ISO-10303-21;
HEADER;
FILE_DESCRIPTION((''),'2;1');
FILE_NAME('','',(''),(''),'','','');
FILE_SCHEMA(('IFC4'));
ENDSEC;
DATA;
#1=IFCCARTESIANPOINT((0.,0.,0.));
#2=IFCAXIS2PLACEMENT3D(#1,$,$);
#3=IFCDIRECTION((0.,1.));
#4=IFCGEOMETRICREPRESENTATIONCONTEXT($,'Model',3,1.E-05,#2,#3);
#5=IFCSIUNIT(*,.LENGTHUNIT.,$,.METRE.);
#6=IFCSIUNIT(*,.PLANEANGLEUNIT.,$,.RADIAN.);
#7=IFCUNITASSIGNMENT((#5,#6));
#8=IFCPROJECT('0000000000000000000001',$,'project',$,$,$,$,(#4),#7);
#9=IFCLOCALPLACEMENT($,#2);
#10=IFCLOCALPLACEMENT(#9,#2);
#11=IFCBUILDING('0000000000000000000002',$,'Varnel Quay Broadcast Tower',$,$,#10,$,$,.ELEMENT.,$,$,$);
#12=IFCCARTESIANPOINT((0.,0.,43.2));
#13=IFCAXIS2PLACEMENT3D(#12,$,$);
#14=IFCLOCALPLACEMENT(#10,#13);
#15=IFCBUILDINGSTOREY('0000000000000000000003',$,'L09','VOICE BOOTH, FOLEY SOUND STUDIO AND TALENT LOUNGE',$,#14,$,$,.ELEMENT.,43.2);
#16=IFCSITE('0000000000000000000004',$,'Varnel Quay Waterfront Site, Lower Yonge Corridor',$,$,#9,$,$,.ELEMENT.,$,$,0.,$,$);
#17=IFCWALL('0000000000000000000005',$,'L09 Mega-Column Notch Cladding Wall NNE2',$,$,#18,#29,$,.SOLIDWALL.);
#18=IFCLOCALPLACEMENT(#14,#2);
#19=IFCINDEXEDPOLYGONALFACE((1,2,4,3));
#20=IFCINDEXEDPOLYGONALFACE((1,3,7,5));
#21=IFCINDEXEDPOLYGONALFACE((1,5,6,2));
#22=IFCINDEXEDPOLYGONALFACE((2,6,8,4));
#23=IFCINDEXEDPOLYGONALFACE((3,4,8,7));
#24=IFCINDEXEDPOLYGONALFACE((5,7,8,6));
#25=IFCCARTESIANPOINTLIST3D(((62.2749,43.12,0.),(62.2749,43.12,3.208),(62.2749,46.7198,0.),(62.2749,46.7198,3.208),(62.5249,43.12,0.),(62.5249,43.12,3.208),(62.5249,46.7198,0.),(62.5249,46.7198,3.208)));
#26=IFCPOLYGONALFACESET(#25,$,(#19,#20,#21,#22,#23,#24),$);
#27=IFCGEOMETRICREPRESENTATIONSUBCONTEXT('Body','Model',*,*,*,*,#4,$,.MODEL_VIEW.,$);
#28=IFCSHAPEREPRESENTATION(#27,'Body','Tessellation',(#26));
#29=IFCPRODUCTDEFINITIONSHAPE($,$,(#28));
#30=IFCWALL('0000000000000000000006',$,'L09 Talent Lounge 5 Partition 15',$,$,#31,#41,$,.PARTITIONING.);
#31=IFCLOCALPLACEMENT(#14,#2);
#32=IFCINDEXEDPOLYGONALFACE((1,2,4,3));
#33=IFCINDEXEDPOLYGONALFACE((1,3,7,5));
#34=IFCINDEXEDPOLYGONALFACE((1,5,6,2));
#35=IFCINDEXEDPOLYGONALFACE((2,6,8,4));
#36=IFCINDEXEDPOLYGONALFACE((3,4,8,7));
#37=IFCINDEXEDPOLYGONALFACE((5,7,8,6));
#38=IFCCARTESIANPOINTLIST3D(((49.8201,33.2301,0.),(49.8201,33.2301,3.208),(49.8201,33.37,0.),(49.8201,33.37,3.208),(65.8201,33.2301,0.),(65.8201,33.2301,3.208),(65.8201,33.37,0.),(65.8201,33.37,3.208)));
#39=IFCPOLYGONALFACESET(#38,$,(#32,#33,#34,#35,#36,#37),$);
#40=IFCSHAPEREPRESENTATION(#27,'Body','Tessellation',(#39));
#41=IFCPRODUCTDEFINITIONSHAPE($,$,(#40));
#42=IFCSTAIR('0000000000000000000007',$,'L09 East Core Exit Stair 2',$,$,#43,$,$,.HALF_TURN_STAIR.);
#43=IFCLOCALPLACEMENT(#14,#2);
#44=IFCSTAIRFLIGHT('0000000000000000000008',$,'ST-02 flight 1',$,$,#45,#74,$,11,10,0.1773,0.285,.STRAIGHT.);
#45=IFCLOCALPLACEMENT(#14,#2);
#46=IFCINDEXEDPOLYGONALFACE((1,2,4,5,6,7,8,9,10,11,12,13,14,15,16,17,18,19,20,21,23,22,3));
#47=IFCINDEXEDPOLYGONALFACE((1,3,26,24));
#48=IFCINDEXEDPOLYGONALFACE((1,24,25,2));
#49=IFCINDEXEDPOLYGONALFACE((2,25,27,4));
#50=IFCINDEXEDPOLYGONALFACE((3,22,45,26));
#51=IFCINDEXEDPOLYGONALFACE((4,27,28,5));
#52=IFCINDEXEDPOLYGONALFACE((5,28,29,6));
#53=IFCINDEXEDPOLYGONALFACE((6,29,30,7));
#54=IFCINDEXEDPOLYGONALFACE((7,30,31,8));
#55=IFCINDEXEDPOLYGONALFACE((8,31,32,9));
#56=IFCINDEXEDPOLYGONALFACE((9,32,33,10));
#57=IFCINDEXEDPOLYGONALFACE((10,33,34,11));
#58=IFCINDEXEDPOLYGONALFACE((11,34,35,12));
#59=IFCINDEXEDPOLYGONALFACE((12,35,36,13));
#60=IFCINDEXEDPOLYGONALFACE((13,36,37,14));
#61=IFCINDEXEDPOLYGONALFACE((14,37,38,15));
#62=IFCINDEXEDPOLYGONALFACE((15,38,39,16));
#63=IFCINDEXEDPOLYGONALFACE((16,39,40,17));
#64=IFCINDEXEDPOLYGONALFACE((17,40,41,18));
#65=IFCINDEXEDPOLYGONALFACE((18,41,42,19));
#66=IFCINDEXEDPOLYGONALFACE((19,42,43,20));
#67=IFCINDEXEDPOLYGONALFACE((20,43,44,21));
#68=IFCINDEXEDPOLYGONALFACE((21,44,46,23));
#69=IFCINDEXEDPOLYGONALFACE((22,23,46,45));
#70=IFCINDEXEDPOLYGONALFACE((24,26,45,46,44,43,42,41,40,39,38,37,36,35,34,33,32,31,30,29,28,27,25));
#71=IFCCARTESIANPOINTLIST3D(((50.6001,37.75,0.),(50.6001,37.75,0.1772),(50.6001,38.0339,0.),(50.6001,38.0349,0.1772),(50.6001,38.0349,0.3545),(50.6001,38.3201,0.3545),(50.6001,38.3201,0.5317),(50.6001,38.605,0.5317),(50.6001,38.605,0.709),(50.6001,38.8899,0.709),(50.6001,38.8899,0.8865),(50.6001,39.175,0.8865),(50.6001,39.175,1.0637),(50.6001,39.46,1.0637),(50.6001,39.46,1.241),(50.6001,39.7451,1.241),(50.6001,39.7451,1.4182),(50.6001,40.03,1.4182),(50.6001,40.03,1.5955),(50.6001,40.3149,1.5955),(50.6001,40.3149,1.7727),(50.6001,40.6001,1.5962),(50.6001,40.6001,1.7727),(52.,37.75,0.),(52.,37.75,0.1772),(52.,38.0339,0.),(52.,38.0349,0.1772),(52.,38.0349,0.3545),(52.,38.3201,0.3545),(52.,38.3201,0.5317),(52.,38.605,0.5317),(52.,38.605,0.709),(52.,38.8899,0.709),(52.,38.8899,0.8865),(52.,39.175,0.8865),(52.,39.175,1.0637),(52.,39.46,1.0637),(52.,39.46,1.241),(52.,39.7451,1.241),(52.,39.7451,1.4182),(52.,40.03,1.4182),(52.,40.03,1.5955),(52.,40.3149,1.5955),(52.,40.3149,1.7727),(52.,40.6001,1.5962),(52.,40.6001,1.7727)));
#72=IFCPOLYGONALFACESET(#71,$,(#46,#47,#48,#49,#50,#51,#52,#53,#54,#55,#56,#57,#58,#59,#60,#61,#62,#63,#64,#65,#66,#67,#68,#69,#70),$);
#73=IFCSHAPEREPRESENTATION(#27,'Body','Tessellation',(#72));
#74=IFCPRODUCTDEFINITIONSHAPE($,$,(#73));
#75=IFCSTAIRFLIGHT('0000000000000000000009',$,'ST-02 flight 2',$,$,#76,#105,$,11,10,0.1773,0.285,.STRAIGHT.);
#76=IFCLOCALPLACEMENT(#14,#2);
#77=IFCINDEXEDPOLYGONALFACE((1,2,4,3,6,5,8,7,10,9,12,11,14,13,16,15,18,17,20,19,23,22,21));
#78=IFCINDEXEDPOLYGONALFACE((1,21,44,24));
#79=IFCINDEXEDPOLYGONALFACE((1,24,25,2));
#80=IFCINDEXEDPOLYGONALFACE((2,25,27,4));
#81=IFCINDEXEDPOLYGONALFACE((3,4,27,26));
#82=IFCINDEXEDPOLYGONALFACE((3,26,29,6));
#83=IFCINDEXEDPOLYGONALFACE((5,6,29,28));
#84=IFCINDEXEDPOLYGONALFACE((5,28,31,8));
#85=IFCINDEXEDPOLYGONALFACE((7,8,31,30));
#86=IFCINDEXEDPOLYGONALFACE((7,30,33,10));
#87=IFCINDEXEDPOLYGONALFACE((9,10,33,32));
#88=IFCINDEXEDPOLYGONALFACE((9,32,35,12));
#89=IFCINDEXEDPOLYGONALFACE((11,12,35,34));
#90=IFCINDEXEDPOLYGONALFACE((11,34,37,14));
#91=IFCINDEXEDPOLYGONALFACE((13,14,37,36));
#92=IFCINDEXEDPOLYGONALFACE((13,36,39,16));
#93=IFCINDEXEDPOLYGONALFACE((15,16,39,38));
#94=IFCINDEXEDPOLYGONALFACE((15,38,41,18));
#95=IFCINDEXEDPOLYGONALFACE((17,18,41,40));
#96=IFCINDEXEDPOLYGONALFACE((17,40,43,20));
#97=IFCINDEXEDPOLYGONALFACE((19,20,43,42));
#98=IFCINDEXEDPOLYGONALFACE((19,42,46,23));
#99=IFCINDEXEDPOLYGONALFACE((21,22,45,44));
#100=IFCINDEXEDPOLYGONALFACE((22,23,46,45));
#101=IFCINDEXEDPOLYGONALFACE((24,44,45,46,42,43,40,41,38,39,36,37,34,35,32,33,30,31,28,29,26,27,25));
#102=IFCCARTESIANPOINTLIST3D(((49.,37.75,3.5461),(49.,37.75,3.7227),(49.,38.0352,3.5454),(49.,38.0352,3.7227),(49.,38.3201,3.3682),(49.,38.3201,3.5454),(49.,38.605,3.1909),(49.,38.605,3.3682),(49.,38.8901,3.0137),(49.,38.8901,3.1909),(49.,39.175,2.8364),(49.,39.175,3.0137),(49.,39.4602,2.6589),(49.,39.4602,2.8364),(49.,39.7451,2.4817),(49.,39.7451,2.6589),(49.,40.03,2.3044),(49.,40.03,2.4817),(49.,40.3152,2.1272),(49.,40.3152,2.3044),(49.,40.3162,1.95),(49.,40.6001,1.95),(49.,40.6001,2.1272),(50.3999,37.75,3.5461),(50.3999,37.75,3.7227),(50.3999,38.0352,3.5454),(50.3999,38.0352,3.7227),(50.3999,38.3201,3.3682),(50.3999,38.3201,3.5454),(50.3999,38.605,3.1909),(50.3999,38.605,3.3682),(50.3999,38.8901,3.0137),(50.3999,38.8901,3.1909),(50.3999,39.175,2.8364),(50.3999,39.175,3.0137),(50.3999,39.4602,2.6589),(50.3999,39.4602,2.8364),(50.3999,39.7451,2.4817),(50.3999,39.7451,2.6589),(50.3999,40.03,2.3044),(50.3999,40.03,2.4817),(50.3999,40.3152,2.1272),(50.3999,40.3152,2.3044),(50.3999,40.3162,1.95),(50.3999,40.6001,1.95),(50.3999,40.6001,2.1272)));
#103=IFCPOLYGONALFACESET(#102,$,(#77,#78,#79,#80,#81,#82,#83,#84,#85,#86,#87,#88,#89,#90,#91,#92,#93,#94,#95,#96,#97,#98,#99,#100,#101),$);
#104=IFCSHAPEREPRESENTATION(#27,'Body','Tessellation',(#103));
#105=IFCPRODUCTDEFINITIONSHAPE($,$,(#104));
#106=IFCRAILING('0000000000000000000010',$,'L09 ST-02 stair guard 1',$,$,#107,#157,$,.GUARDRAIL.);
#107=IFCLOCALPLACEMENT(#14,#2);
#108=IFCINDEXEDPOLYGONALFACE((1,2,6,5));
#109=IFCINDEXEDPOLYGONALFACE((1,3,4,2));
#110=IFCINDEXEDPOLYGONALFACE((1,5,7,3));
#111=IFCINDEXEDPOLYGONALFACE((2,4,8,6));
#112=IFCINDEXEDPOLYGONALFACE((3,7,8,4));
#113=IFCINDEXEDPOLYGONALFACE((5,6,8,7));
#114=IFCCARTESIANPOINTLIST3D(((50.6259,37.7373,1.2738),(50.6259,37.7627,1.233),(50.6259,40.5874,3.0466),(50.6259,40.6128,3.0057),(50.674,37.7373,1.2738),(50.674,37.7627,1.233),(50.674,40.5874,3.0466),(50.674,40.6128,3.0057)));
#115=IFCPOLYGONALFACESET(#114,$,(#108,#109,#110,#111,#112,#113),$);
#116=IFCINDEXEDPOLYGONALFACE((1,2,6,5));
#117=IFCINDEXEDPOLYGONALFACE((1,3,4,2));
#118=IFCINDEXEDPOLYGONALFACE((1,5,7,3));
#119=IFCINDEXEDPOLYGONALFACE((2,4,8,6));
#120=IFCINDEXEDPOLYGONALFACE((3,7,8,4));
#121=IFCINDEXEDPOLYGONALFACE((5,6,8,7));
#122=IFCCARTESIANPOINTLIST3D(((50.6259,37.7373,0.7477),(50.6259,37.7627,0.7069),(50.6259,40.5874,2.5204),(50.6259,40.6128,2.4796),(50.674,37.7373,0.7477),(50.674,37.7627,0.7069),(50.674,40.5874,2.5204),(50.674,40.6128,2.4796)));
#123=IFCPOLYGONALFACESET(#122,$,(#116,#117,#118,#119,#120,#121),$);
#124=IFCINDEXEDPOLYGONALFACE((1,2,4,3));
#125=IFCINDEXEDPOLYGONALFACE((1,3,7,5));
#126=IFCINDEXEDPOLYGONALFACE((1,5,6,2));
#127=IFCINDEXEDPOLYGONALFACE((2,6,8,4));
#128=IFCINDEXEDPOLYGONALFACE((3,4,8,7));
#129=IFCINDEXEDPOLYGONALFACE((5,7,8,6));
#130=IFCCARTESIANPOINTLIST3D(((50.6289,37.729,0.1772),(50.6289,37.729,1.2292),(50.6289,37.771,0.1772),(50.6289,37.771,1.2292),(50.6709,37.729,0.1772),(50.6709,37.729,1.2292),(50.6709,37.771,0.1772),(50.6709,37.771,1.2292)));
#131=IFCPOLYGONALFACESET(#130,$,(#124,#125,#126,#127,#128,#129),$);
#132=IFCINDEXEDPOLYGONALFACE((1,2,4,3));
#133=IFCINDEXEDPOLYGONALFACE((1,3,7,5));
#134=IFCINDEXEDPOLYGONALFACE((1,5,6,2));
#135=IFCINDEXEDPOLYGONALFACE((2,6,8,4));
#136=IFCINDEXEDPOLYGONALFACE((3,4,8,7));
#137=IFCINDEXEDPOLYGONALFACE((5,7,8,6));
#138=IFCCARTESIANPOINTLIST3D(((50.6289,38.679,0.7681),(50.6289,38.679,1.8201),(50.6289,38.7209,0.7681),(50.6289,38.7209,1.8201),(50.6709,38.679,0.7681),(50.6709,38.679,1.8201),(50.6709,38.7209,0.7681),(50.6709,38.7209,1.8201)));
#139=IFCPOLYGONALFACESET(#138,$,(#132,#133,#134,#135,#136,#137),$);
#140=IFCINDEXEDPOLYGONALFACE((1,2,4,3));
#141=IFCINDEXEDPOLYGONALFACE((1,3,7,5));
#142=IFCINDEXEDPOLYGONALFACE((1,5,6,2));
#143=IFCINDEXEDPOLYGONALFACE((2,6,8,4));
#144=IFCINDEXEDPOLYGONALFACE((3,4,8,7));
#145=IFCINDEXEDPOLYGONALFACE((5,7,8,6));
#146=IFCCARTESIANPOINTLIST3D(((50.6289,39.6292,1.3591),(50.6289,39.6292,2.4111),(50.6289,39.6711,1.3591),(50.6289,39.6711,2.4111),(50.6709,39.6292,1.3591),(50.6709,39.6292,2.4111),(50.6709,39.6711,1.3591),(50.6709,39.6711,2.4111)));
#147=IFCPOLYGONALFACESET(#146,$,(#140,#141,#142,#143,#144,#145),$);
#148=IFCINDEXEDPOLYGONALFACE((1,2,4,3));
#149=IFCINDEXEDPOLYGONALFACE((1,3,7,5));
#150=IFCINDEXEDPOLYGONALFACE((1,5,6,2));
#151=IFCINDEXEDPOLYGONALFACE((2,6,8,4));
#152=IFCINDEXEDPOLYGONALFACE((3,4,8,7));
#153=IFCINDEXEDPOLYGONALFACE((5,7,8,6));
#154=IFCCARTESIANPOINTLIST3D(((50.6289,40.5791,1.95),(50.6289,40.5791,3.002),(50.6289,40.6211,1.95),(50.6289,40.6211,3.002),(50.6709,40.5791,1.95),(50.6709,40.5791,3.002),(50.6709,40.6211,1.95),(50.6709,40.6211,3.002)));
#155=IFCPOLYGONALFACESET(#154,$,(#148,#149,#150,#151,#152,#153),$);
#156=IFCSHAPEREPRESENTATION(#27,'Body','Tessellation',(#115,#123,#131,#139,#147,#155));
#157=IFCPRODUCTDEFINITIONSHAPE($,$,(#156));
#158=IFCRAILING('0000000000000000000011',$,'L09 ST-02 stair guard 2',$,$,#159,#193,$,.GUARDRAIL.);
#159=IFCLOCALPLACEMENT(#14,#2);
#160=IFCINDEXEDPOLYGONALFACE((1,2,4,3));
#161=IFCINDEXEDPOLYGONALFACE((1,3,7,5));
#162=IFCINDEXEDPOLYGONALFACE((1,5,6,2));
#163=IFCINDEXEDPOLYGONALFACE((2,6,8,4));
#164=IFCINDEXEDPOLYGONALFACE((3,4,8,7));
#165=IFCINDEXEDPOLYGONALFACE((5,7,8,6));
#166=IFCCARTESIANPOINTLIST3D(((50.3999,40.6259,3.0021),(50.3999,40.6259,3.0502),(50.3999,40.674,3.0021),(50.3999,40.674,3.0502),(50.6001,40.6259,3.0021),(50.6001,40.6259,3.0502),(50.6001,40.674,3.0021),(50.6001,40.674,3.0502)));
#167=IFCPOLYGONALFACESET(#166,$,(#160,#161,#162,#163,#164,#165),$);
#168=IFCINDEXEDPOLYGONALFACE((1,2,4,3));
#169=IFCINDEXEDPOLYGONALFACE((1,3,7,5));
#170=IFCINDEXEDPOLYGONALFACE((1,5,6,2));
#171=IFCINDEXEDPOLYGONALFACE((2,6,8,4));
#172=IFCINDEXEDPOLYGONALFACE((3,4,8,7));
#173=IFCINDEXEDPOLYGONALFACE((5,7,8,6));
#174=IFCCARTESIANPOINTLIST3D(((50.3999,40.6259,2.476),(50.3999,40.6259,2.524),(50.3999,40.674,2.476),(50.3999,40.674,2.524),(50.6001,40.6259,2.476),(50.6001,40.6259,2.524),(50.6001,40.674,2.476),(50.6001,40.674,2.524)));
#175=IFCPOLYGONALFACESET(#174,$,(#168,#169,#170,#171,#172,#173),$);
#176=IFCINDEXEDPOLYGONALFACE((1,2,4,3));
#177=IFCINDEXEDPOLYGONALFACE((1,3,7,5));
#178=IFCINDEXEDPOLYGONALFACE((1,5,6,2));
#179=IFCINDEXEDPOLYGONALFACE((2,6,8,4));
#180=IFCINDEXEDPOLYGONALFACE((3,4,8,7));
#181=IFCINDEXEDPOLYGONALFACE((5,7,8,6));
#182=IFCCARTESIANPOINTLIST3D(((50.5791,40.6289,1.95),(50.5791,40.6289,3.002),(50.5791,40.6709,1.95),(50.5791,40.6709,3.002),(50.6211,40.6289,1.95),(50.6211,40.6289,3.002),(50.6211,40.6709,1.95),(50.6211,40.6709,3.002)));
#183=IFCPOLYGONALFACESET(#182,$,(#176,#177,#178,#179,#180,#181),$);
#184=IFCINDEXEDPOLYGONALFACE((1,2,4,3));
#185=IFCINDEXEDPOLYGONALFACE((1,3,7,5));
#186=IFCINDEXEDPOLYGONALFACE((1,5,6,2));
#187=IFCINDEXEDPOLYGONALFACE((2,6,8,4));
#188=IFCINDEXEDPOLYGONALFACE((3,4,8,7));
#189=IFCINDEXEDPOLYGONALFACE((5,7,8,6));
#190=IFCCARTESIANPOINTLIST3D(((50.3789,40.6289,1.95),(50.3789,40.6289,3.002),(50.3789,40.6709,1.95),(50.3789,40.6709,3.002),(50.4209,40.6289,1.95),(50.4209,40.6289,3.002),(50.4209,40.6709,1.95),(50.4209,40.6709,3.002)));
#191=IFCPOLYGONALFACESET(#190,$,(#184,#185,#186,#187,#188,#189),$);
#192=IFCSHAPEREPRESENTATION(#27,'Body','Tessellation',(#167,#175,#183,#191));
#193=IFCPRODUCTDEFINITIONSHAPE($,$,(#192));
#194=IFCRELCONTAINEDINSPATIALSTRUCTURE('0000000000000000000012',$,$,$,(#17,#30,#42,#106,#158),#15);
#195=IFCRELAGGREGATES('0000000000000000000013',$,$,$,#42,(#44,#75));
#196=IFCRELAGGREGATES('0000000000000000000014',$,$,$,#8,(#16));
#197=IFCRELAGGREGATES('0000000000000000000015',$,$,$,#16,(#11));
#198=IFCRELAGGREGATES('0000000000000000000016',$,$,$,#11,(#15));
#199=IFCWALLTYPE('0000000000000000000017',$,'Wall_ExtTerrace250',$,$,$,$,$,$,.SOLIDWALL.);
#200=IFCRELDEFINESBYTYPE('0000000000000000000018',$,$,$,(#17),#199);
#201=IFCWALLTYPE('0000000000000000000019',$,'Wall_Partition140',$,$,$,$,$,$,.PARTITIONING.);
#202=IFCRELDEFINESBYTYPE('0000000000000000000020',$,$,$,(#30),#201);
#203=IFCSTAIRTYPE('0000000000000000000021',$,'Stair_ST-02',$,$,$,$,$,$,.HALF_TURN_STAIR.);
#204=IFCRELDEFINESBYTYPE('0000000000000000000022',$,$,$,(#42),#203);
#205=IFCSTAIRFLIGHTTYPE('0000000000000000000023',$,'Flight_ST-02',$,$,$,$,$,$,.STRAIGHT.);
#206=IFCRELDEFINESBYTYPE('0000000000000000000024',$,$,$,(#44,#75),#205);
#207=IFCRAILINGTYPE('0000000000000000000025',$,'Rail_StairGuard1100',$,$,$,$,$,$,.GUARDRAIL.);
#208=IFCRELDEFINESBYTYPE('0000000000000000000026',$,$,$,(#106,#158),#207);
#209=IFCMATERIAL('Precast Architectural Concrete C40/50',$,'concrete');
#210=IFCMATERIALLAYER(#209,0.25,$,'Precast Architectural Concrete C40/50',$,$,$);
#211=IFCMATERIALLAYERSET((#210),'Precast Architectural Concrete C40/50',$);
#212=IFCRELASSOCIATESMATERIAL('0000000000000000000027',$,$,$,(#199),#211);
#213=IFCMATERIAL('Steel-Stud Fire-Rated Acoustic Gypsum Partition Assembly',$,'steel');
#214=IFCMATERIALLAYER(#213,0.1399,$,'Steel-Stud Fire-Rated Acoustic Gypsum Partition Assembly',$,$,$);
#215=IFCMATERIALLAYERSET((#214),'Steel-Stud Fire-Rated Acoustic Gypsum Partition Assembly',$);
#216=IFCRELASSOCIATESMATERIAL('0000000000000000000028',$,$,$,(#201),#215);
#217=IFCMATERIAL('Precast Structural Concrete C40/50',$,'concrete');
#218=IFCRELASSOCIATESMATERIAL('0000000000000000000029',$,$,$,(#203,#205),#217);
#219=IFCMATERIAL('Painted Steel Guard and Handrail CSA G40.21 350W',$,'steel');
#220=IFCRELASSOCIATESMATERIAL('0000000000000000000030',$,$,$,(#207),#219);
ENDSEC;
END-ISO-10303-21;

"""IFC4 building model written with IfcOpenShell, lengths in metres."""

from ifc_helpers import new_model, si_unit, direction, frame, frame_2d, origin, origin_2d, place, context, subcontext, project, spatial, polyline, rectangle, outline, extrude, material, layer, layer_set, type_object, element, aggregate, save


model = new_model("IFC4")

# Units and contexts
model_context = context("Model", 3, precision=1e-05, world=origin(), true_north=direction((0.0, 1.0)))
body_context = subcontext(model_context, "Body", "Model", "MODEL_VIEW")
ifc_project = project(units=[si_unit("LENGTHUNIT", "METRE"), si_unit("PLANEANGLEUNIT", "RADIAN")], contexts=[model_context])

# Site, building, storey
site_placement = place(None, origin())
site = spatial("IfcSite", under=ifc_project, at=site_placement, Name="Varnel Quay Waterfront Site, Lower Yonge Corridor", CompositionType="ELEMENT", RefElevation=0.0)
building_placement = place(site_placement, origin())
building = spatial("IfcBuilding", under=site, at=building_placement, Name="Varnel Quay Broadcast Tower", CompositionType="ELEMENT")
storey_placement = place(building_placement, frame((0.0, 0.0, 43.2)))
storey = spatial("IfcBuildingStorey", under=building, at=storey_placement, Name="L09", Description="VOICE BOOTH, FOLEY SOUND STUDIO AND TALENT LOUNGE", CompositionType="ELEMENT", Elevation=43.2)

# Walls
ifc_material_1 = material(Name="Precast Architectural Concrete C40/50", Category="concrete")
ifc_layer_1 = layer(ifc_material_1, 0.25, Name="Precast Architectural Concrete C40/50")
ifc_layer_set_1 = layer_set([ifc_layer_1], Name="Precast Architectural Concrete C40/50")
wall_type_1 = type_object("IfcWallType", Name="Wall_ExtTerrace250", PredefinedType="SOLIDWALL", material=ifc_layer_set_1)
wall_1_placement = place(storey_placement, frame((62.3999, 43.1201, 0.0), z_axis=(0.0, 0.0, 1.0), x_axis=(0.0, 1.0, 0.0)))
element("IfcWall", 1, at=wall_1_placement, inside=storey, type_object=wall_type_1, Name="L09 Mega-Column Notch Cladding Wall NNE2", PredefinedType="SOLIDWALL", context=body_context, shape_type="SweptSolid", body=[
    extrude(rectangle(XDim=3.5999, YDim=0.25, at=frame_2d((1.7998, 0.0))), origin(), (0.0, 0.0, 1.0), 3.208),
])
ifc_material_2 = material(Name="Steel-Stud Fire-Rated Acoustic Gypsum Partition Assembly", Category="steel")
ifc_layer_2 = layer(ifc_material_2, 0.1399, Name="Steel-Stud Fire-Rated Acoustic Gypsum Partition Assembly")
ifc_layer_set_2 = layer_set([ifc_layer_2], Name="Steel-Stud Fire-Rated Acoustic Gypsum Partition Assembly")
wall_type_2 = type_object("IfcWallType", Name="Wall_Partition140", PredefinedType="PARTITIONING", material=ifc_layer_set_2)
wall_2_placement = place(storey_placement, frame((49.8201, 33.3, 0.0), z_axis=(0.0, 0.0, 1.0), x_axis=(1.0, 0.0, 0.0)))
element("IfcWall", 2, at=wall_2_placement, inside=storey, type_object=wall_type_2, Name="L09 Talent Lounge 5 Partition 15", PredefinedType="PARTITIONING", context=body_context, shape_type="SweptSolid", body=[
    extrude(rectangle(XDim=16.0, YDim=0.1399, at=frame_2d((8.0, 0.0))), origin(), (0.0, 0.0, 1.0), 3.208),
])

# Stair, stair flights
ifc_material_3 = material(Name="Precast Structural Concrete C40/50", Category="concrete")
stair_type = type_object("IfcStairType", Name="Stair_ST-02", PredefinedType="HALF_TURN_STAIR", material=ifc_material_3)
stair_placement = place(storey_placement, origin())
stair = element("IfcStair", 3, at=stair_placement, inside=storey, type_object=stair_type, Name="L09 East Core Exit Stair 2", PredefinedType="HALF_TURN_STAIR")
stair_flight_type = type_object("IfcStairFlightType", Name="Flight_ST-02", PredefinedType="STRAIGHT", material=ifc_material_3)
stair_flight_1_placement = place(storey_placement, frame((51.3, 37.75, 0.0), z_axis=(0.0, 0.0, 1.0), x_axis=(0.0, 1.0, 0.0)))
stair_flight_1 = element("IfcStairFlight", 4, at=stair_flight_1_placement, type_object=stair_flight_type, Name="ST-02 flight 1", NumberOfRisers=11, NumberOfTreads=10, PredefinedType="STRAIGHT", RiserHeight=0.1773, TreadLength=0.285, context=body_context, shape_type="SweptSolid", body=[
    extrude(outline(polyline([(0.0, 0.0), (0.0, 0.1772), (0.2849, 0.1772), (0.2849, 0.3545), (0.5701, 0.3545), (0.5701, 0.5317), (0.855, 0.5317), (0.855, 0.709), (1.1399, 0.709), (1.1399, 0.8865), (1.425, 0.8865), (1.425, 1.0637), (1.71, 1.0637), (1.71, 1.241), (1.9951, 1.241), (1.9951, 1.4182), (2.28, 1.4182), (2.28, 1.5955), (2.5649, 1.5955), (2.5649, 1.7727), (2.8501, 1.7727), (2.8501, 1.95), (2.8501, 1.5962), (0.2839, 0.0), (0.0, 0.0)])), frame((0.0, 0.7, 0.0), z_axis=(0.0, -1.0, 0.0), x_axis=(1.0, 0.0, 0.0)), (0.0, 0.0, 1.0), 1.3999),
])
stair_flight_2_placement = place(storey_placement, frame((49.7, 40.6001, 1.95), z_axis=(0.0, 0.0, 1.0), x_axis=(0.0, -1.0, 0.0)))
stair_flight_2 = element("IfcStairFlight", 5, at=stair_flight_2_placement, type_object=stair_flight_type, Name="ST-02 flight 2", NumberOfRisers=11, NumberOfTreads=10, PredefinedType="STRAIGHT", RiserHeight=0.1773, TreadLength=0.285, context=body_context, shape_type="SweptSolid", body=[
    extrude(outline(polyline([(0.0, 0.0), (0.0, 0.1772), (0.2849, 0.1772), (0.2849, 0.3545), (0.5701, 0.3545), (0.5701, 0.5317), (0.855, 0.5317), (0.855, 0.709), (1.1399, 0.709), (1.1399, 0.8865), (1.425, 0.8865), (1.425, 1.0637), (1.71, 1.0637), (1.71, 1.241), (1.9951, 1.241), (1.9951, 1.4182), (2.28, 1.4182), (2.28, 1.5955), (2.5649, 1.5955), (2.5649, 1.7727), (2.8501, 1.7727), (2.8501, 1.95), (2.8501, 1.5962), (0.2839, 0.0), (0.0, 0.0)])), frame((0.0, 0.7, 0.0), z_axis=(0.0, -1.0, 0.0), x_axis=(1.0, 0.0, 0.0)), (0.0, 0.0, 1.0), 1.3999),
])
aggregate(stair, [stair_flight_1, stair_flight_2])

# Railings
ifc_material_4 = material(Name="Painted Steel Guard and Handrail CSA G40.21 350W", Category="steel")
railing_type_1 = type_object("IfcRailingType", Name="Rail_StairGuard1100", PredefinedType="GUARDRAIL", material=ifc_material_4)
railing_1_placement = place(storey_placement, frame((50.6499, 37.75, 0.1772)))
element("IfcRailing", 6, at=railing_1_placement, inside=storey, type_object=railing_type_1, Name="L09 ST-02 stair guard 1", PredefinedType="GUARDRAIL", context=body_context, shape_type="SweptSolid", body=[
    extrude(rectangle(XDim=0.0481, YDim=0.0481, at=origin_2d()), frame((0.0, 0.0, 1.0762), z_axis=(0.0, 0.849149, 0.528154), x_axis=(-1.0, 0.0, 0.0)), (0.0, 0.0, 1.0), 3.3564),
    extrude(rectangle(XDim=0.0481, YDim=0.0481, at=origin_2d()), frame((0.0, 0.0, 0.55), z_axis=(0.0, 0.849149, 0.528154), x_axis=(-1.0, 0.0, 0.0)), (0.0, 0.0, 1.0), 3.3564),
    extrude(rectangle(XDim=0.042, YDim=0.042, at=origin_2d()), origin(), (0.0, 0.0, 1.0), 1.052),
    extrude(rectangle(XDim=0.042, YDim=0.042, at=origin_2d()), frame((0.0, 0.95, 0.5908)), (0.0, 0.0, 1.0), 1.052),
    extrude(rectangle(XDim=0.042, YDim=0.042, at=origin_2d()), frame((0.0, 1.9001, 1.1819)), (0.0, 0.0, 1.0), 1.052),
    extrude(rectangle(XDim=0.042, YDim=0.042, at=origin_2d()), frame((0.0, 2.8501, 1.7727)), (0.0, 0.0, 1.0), 1.052),
])
railing_2_placement = place(storey_placement, frame((50.6001, 40.6499, 1.95)))
element("IfcRailing", 7, at=railing_2_placement, inside=storey, type_object=railing_type_1, Name="L09 ST-02 stair guard 2", PredefinedType="GUARDRAIL", context=body_context, shape_type="SweptSolid", body=[
    extrude(rectangle(XDim=0.0481, YDim=0.0481, at=origin_2d()), frame((0.0, 0.0, 1.0762), z_axis=(-1.0, 0.0, 0.0), x_axis=(0.0, -1.0, 0.0)), (0.0, 0.0, 1.0), 0.2002),
    extrude(rectangle(XDim=0.0481, YDim=0.0481, at=origin_2d()), frame((0.0, 0.0, 0.55), z_axis=(-1.0, 0.0, 0.0), x_axis=(0.0, -1.0, 0.0)), (0.0, 0.0, 1.0), 0.2002),
    extrude(rectangle(XDim=0.042, YDim=0.042, at=origin_2d()), origin(), (0.0, 0.0, 1.0), 1.052),
    extrude(rectangle(XDim=0.042, YDim=0.042, at=origin_2d()), frame((-0.2002, 0.0, 0.0)), (0.0, 0.0, 1.0), 1.052),
])

save(model, "model.ifc")
